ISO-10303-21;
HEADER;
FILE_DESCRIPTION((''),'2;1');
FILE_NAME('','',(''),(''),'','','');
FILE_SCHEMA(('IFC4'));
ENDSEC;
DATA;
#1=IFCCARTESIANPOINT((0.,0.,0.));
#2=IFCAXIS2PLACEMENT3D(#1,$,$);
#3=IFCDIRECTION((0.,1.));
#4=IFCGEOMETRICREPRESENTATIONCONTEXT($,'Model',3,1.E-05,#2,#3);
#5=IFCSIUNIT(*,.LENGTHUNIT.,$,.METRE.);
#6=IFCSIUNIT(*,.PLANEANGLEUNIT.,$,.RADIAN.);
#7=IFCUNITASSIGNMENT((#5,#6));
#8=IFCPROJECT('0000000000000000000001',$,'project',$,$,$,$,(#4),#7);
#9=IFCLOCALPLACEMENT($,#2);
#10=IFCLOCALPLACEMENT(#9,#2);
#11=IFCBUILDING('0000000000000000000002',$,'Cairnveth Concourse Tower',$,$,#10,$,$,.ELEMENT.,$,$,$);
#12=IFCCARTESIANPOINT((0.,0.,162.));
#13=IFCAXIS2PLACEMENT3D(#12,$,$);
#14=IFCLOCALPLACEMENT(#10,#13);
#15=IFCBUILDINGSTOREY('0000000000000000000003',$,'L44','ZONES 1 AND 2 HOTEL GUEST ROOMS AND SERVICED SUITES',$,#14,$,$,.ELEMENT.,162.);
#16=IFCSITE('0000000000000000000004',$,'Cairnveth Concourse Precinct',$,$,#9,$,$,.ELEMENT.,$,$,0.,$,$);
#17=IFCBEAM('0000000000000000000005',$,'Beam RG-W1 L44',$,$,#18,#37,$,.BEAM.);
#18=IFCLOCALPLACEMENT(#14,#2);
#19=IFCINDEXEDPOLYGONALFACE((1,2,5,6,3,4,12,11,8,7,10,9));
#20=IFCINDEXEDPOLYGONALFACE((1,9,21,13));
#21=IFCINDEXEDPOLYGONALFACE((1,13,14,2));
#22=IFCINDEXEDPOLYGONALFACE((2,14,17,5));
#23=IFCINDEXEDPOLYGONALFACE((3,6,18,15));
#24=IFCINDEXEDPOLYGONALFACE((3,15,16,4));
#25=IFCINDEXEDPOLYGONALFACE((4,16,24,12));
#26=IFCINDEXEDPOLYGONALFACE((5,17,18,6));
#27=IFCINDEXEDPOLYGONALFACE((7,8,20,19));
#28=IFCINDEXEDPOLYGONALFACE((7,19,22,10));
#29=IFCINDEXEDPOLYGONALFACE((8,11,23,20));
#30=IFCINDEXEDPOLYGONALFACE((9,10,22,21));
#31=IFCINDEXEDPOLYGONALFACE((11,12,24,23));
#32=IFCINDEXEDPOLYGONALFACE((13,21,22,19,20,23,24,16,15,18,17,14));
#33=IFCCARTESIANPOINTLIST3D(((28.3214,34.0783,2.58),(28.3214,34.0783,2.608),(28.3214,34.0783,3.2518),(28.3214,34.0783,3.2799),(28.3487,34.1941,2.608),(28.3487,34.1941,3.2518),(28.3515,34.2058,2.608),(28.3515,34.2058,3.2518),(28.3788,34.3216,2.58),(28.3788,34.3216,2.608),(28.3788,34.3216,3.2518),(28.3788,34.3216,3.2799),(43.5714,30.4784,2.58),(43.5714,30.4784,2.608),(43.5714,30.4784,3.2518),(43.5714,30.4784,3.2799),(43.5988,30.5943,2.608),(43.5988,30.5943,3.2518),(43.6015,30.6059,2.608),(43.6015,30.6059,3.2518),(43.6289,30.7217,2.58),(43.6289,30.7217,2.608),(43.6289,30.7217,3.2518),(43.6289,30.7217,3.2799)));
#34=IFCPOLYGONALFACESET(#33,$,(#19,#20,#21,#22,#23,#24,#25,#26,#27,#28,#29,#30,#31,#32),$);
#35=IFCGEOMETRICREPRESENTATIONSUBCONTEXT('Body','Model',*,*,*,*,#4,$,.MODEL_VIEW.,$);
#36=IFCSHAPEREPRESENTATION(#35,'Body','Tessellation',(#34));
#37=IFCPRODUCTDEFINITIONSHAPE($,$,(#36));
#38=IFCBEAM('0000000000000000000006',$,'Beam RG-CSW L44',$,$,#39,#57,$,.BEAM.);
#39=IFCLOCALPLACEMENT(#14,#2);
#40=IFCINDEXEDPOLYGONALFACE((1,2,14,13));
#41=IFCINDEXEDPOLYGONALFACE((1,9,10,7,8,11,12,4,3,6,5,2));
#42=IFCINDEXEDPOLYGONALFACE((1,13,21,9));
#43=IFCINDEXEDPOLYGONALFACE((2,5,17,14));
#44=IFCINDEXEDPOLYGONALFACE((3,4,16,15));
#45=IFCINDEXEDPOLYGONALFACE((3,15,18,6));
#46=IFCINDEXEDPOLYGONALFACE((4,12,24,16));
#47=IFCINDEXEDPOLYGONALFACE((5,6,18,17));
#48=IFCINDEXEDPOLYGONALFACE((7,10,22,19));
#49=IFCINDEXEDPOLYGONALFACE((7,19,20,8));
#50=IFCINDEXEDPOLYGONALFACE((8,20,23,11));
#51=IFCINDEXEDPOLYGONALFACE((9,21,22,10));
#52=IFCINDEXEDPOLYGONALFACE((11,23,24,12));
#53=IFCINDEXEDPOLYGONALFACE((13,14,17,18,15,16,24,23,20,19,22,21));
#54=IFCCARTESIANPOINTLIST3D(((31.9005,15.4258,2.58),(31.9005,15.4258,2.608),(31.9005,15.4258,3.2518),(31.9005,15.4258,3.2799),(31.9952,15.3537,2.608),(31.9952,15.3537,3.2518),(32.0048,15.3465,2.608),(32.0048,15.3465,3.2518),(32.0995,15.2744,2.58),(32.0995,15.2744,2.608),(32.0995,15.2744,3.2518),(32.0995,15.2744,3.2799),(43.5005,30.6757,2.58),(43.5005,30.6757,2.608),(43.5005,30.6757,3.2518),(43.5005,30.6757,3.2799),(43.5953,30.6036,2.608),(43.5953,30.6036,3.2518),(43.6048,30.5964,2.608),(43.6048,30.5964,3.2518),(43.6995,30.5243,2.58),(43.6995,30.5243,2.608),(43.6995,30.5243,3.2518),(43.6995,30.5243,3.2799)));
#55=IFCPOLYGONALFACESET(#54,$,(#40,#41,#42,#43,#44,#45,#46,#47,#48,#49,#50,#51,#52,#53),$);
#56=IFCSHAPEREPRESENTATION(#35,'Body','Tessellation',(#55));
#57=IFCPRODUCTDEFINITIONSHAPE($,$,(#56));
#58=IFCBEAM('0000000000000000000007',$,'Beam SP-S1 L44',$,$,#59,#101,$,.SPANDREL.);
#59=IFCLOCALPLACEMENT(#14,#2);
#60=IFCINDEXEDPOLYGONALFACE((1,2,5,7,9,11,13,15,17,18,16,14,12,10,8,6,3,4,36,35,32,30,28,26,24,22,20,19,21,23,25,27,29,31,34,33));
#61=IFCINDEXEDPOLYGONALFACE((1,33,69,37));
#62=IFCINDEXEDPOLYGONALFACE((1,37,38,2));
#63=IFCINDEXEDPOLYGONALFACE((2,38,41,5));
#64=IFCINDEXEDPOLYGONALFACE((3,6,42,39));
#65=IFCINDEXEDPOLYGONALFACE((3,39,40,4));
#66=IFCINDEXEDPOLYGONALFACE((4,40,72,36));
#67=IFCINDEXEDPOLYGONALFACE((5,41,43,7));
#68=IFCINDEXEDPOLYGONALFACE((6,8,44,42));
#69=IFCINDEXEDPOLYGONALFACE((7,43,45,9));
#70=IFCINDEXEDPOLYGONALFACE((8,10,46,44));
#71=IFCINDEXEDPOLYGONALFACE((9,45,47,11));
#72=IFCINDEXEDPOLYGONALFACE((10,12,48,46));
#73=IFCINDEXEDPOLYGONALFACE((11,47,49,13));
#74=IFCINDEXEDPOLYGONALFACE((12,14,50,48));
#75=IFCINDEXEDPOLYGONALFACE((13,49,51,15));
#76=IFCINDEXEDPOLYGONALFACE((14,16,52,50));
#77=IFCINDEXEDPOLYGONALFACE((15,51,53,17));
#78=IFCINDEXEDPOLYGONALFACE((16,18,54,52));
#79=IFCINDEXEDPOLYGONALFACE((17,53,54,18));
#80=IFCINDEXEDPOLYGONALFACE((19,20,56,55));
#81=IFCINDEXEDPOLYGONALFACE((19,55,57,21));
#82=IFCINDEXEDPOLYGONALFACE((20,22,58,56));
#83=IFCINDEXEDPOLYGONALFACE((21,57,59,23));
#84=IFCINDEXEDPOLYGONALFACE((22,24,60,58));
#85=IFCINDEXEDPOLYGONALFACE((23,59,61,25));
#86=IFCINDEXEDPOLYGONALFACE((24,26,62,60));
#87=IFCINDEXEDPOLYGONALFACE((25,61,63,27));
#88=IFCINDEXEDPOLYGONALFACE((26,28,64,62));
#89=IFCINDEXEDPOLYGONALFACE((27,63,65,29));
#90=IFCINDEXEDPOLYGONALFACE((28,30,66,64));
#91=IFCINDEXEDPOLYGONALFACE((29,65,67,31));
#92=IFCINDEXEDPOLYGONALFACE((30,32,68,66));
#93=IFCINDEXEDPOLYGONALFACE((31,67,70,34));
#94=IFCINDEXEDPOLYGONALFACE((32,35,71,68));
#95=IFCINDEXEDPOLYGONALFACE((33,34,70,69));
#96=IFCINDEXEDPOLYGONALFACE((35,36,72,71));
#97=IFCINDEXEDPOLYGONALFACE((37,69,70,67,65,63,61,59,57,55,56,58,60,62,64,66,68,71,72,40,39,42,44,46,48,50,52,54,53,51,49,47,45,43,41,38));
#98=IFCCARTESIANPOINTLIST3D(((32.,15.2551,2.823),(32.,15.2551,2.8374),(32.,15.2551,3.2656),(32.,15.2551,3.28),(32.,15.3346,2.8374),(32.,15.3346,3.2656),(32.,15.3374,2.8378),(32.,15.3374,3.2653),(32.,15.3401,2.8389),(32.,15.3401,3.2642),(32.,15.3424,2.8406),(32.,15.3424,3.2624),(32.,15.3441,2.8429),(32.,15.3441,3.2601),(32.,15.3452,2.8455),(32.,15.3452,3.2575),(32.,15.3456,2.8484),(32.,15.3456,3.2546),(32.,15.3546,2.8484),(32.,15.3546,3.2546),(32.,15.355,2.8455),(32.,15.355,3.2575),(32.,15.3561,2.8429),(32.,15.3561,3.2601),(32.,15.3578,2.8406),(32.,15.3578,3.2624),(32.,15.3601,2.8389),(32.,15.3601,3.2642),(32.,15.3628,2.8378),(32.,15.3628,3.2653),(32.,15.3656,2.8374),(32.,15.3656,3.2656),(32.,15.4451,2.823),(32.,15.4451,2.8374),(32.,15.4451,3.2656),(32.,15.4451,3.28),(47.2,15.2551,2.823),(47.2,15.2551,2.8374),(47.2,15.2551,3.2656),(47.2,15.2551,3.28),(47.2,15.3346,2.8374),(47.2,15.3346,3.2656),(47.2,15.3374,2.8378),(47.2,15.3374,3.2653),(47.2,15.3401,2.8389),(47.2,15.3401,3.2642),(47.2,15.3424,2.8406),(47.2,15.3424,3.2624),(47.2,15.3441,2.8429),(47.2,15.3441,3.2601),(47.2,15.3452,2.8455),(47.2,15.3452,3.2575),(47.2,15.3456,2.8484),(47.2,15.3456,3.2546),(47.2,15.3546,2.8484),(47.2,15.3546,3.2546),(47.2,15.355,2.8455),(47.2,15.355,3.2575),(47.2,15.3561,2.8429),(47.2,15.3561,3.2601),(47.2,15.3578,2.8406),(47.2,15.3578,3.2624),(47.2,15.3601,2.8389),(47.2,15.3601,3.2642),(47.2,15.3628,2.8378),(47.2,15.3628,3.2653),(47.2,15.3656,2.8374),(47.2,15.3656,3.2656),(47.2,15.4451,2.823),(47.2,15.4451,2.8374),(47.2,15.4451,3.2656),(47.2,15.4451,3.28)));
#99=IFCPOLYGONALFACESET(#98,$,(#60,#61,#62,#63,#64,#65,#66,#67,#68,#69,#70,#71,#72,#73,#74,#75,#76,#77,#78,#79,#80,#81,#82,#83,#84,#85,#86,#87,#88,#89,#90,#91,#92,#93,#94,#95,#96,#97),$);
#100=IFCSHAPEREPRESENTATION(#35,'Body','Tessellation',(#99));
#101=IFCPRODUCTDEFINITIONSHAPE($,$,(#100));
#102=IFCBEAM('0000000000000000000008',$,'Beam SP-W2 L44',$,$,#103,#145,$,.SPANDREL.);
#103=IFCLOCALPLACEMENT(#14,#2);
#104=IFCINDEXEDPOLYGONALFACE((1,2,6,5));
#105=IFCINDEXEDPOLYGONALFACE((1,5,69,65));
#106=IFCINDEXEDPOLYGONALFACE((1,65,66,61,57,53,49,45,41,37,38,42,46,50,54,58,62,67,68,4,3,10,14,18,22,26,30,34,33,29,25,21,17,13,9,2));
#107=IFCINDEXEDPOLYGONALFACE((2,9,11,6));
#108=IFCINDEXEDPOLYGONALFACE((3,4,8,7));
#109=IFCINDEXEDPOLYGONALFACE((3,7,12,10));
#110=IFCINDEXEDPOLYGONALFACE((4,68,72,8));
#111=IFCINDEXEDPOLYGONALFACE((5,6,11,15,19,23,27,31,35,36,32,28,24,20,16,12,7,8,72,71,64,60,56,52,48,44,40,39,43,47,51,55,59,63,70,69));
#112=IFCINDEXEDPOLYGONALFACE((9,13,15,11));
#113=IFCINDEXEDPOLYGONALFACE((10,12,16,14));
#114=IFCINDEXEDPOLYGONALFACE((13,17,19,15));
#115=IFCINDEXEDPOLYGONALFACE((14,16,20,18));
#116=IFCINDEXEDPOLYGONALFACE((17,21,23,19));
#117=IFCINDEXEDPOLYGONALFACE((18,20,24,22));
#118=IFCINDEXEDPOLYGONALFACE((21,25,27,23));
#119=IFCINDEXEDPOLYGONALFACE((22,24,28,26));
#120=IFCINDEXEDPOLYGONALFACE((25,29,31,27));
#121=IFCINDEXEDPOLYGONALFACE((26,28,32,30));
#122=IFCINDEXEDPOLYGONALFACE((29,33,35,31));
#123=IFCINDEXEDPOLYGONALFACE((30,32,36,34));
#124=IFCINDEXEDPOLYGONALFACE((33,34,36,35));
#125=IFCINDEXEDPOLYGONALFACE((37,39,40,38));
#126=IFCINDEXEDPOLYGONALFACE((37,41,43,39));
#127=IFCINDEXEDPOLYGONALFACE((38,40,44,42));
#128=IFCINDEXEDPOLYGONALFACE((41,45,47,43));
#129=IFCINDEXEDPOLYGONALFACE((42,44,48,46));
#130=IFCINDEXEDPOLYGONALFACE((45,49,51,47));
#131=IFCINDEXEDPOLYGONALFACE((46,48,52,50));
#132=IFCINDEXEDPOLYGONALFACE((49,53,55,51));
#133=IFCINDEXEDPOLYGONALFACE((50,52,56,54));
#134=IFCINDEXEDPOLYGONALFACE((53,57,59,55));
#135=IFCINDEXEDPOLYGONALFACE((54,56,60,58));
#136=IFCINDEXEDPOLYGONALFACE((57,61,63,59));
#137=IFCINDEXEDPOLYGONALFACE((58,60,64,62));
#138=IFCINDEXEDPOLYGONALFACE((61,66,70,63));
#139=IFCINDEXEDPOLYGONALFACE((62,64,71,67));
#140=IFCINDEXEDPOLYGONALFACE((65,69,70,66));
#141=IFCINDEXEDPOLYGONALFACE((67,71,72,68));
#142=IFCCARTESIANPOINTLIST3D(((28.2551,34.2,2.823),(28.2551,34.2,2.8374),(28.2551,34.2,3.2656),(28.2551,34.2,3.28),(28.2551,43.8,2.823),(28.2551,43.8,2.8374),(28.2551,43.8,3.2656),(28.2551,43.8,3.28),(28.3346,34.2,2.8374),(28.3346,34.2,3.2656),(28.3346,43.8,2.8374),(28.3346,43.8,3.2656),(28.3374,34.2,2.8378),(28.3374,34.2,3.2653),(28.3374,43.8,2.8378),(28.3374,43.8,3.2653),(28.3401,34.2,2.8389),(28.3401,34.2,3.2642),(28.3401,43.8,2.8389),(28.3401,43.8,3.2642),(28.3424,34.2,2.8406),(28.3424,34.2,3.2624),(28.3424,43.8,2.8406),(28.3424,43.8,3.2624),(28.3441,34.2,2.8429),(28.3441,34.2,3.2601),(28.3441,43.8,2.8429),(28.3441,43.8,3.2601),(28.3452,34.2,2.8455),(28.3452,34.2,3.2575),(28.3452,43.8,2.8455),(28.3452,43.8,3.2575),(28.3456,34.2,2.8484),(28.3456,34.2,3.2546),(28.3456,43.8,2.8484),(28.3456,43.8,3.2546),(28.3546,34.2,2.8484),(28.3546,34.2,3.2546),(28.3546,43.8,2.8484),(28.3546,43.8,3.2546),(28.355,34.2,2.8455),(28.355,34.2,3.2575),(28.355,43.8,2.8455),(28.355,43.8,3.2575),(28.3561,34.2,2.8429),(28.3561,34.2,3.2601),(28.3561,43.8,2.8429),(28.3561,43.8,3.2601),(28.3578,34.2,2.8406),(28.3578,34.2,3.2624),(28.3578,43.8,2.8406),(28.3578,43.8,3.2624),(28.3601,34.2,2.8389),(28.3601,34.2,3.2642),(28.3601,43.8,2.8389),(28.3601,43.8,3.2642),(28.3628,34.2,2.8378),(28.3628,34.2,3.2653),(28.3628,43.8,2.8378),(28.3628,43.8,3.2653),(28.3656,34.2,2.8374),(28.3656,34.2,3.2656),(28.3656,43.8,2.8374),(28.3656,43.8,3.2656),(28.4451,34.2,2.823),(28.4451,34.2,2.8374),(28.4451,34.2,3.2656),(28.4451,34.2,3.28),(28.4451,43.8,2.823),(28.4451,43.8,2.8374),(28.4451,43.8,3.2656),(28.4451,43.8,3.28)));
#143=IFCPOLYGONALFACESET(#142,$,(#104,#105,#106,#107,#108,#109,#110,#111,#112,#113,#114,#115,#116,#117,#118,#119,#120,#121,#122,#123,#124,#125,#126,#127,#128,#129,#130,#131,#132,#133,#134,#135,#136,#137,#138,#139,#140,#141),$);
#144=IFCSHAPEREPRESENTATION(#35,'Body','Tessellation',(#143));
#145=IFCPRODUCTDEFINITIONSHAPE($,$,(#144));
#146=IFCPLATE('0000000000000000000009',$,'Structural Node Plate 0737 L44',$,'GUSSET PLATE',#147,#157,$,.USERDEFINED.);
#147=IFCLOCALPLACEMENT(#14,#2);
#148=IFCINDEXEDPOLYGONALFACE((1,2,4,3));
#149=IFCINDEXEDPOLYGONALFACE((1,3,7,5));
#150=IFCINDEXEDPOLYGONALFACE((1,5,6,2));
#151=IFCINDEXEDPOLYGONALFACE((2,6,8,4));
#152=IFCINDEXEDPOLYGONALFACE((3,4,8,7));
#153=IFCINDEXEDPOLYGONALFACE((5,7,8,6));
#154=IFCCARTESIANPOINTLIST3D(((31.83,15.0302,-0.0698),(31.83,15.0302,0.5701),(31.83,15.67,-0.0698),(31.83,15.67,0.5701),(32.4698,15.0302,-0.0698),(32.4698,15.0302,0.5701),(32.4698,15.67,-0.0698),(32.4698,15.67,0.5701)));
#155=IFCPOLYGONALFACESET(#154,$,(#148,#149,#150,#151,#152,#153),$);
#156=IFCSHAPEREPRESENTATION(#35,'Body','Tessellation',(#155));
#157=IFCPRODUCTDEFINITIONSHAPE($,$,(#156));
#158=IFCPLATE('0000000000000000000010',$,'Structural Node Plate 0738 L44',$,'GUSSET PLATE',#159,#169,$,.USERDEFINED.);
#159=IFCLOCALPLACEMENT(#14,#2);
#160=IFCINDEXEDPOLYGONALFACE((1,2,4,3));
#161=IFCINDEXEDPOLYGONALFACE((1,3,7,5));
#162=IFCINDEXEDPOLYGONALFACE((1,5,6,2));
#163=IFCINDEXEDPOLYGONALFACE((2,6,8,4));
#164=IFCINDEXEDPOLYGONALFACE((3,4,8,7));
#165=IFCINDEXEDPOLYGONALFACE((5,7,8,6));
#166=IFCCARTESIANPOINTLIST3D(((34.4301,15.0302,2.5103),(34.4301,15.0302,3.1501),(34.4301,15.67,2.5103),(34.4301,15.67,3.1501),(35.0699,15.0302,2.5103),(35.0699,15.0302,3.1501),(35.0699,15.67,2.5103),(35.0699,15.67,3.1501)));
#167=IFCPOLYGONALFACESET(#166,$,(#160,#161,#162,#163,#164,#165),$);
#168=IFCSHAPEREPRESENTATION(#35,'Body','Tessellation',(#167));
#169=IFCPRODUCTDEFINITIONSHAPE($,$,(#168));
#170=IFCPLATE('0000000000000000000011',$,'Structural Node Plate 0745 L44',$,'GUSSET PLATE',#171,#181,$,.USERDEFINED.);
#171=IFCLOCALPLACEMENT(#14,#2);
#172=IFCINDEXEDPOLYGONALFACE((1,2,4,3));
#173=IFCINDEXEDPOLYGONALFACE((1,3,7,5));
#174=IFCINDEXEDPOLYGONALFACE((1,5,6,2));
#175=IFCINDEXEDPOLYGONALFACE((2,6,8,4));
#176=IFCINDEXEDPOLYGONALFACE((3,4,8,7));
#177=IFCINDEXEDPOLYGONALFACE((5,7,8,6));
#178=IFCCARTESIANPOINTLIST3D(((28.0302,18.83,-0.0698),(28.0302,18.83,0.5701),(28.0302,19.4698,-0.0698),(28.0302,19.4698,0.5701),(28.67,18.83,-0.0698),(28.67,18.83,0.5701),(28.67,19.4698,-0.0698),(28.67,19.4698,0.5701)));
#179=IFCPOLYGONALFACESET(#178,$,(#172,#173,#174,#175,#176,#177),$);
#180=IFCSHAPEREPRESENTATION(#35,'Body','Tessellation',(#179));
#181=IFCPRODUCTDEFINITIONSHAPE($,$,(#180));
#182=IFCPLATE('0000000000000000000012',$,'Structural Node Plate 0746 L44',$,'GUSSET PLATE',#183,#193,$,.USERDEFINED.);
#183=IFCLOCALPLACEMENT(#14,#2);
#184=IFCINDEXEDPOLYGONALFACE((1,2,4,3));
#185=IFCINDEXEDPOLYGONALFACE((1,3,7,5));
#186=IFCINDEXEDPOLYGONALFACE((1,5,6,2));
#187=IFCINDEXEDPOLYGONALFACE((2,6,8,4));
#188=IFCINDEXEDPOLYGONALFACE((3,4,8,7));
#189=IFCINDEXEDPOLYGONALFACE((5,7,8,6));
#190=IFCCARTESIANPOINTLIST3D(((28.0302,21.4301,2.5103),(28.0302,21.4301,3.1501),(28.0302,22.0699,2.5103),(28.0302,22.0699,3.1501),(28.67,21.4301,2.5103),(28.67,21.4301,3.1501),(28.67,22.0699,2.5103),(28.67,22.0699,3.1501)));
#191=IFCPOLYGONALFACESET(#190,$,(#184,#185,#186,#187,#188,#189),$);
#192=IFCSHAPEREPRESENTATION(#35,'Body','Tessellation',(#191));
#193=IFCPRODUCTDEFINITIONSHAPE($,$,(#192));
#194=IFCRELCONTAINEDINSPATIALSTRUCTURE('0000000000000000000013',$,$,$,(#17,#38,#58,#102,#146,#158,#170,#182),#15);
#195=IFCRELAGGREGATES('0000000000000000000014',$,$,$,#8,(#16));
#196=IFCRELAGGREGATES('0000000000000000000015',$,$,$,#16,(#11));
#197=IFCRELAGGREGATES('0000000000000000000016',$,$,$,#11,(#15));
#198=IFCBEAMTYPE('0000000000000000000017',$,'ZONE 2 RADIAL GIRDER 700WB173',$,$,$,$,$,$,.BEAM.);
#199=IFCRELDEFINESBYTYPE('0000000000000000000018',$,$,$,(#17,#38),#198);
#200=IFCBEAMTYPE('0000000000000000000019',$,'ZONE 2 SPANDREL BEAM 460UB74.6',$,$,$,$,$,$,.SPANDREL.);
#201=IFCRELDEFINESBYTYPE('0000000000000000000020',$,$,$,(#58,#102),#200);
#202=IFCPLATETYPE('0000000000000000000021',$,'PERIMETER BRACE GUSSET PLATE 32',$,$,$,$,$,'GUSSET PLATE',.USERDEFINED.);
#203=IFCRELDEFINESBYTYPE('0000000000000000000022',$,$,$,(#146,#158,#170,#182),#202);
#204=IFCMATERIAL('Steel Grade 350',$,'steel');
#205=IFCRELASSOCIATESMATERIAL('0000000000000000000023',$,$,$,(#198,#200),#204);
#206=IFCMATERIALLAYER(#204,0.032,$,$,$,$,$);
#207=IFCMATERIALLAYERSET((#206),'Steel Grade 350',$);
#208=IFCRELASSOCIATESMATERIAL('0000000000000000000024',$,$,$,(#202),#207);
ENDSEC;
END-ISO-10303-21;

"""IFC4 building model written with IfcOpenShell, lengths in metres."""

from ifc_helpers import new_model, si_unit, direction, frame, origin, origin_2d, place, context, subcontext, project, spatial, rectangle, i_section, extrude, material, layer, layer_set, material_profile, profile_set, type_object, element, save


model = new_model("IFC4")

# Units and contexts
model_context = context("Model", 3, precision=1e-05, world=origin(), true_north=direction((0.0, 1.0)))
body_context = subcontext(model_context, "Body", "Model", "MODEL_VIEW")
ifc_project = project(units=[si_unit("LENGTHUNIT", "METRE"), si_unit("PLANEANGLEUNIT", "RADIAN")], contexts=[model_context])

# Site, building, storey
site_placement = place(None, origin())
site = spatial("IfcSite", under=ifc_project, at=site_placement, Name="Cairnveth Concourse Precinct", CompositionType="ELEMENT", RefElevation=0.0)
building_placement = place(site_placement, origin())
building = spatial("IfcBuilding", under=site, at=building_placement, Name="Cairnveth Concourse Tower", CompositionType="ELEMENT")
storey_placement = place(building_placement, frame((0.0, 0.0, 162.0)))
storey = spatial("IfcBuildingStorey", under=building, at=storey_placement, Name="L44", Description="ZONES 1 AND 2 HOTEL GUEST ROOMS AND SERVICED SUITES", CompositionType="ELEMENT", Elevation=162.0)

# Shared definitions
ifc_material_1 = material(Name="Steel Grade 350", Category="steel")

# Beams
ifc_material_profile_1 = material_profile(ifc_material_1, i_section(OverallWidth=0.25, OverallDepth=0.7, WebThickness=0.012, FlangeThickness=0.0281, at=origin_2d()), Name="700WB173")
ifc_profile_set_1 = profile_set([ifc_material_profile_1], Name="Steel Grade 350")
beam_type_1 = type_object("IfcBeamType", Name="ZONE 2 RADIAL GIRDER 700WB173", PredefinedType="BEAM", material=ifc_profile_set_1)
beam_1_placement = place(storey_placement, frame((28.3501, 34.2, 2.9299), z_axis=(0.973252, -0.229742, 0.0), x_axis=(0.229742, 0.973252, 0.0)))
element("IfcBeam", 1, at=beam_1_placement, inside=storey, type_object=beam_type_1, Name="Beam RG-W1 L44", PredefinedType="BEAM", context=body_context, shape_type="SweptSolid", body=[
    extrude(i_section(OverallWidth=0.25, OverallDepth=0.7, WebThickness=0.012, FlangeThickness=0.0281, at=origin_2d()), origin(), (0.0, 0.0, 1.0), 15.6692),
])
beam_2_placement = place(storey_placement, frame((32.0, 15.3501, 2.9299), z_axis=(0.605417, 0.795908, 0.0), x_axis=(-0.795908, 0.605417, 0.0)))
element("IfcBeam", 2, at=beam_2_placement, inside=storey, type_object=beam_type_1, Name="Beam RG-CSW L44", PredefinedType="BEAM", context=body_context, shape_type="SweptSolid", body=[
    extrude(i_section(OverallWidth=0.25, OverallDepth=0.7, WebThickness=0.012, FlangeThickness=0.0281, at=origin_2d()), origin(), (0.0, 0.0, 1.0), 19.1604),
])
ifc_material_profile_2 = material_profile(ifc_material_1, i_section(OverallWidth=0.1899, OverallDepth=0.457, WebThickness=0.009, FlangeThickness=0.0144, FilletRadius=0.011, at=origin_2d()), Name="460UB74.6")
ifc_profile_set_2 = profile_set([ifc_material_profile_2], Name="Steel Grade 350")
beam_type_2 = type_object("IfcBeamType", Name="ZONE 2 SPANDREL BEAM 460UB74.6", PredefinedType="SPANDREL", material=ifc_profile_set_2)
beam_3_placement = place(storey_placement, frame((32.0, 15.3501, 3.0515), z_axis=(1.0, 0.0, 0.0), x_axis=(0.0, 1.0, 0.0)))
element("IfcBeam", 3, at=beam_3_placement, inside=storey, type_object=beam_type_2, Name="Beam SP-S1 L44", PredefinedType="SPANDREL", context=body_context, shape_type="SweptSolid", body=[
    extrude(i_section(OverallWidth=0.1899, OverallDepth=0.457, WebThickness=0.009, FlangeThickness=0.0144, FilletRadius=0.011, at=origin_2d()), origin(), (0.0, 0.0, 1.0), 15.2),
])
beam_4_placement = place(storey_placement, frame((28.3501, 34.2, 3.0515), z_axis=(0.0, 1.0, 0.0), x_axis=(-1.0, 0.0, 0.0)))
element("IfcBeam", 4, at=beam_4_placement, inside=storey, type_object=beam_type_2, Name="Beam SP-W2 L44", PredefinedType="SPANDREL", context=body_context, shape_type="SweptSolid", body=[
    extrude(i_section(OverallWidth=0.1899, OverallDepth=0.457, WebThickness=0.009, FlangeThickness=0.0144, FilletRadius=0.011, at=origin_2d()), origin(), (0.0, 0.0, 1.0), 9.6001),
])

# Plates
ifc_layer_1 = layer(ifc_material_1, 0.032)
ifc_layer_set_1 = layer_set([ifc_layer_1], Name="Steel Grade 350")
plate_type = type_object("IfcPlateType", Name="PERIMETER BRACE GUSSET PLATE 32", ElementType="GUSSET PLATE", PredefinedType="USERDEFINED", material=ifc_layer_set_1)
for number, where, z_axis, x_axis, name in (
    (5, (32.1499, 15.3501, -0.0698), (0.0, 0.0, 1.0), (1.0, 0.0, 0.0), "Structural Node Plate 0737 L44"),
    (6, (34.75, 15.3501, 2.5103), (0.0, 0.0, 1.0), (1.0, 0.0, 0.0), "Structural Node Plate 0738 L44"),
    (7, (28.3501, 19.1499, -0.0698), (0.0, 0.0, 1.0), (1.0, 0.0, 0.0), "Structural Node Plate 0745 L44"),
    (8, (28.3501, 21.75, 2.5103), (0.0, 0.0, 1.0), (1.0, 0.0, 0.0), "Structural Node Plate 0746 L44"),
):
    element("IfcPlate", number, at=place(storey_placement, frame(where, z_axis=z_axis, x_axis=x_axis)), inside=storey, type_object=plate_type, Name=name, ObjectType="GUSSET PLATE", PredefinedType="USERDEFINED", context=body_context, shape_type="SweptSolid", body=[
        extrude(rectangle(XDim=0.6399, YDim=0.6399, at=origin_2d()), origin(), (0.0, 0.0, 1.0), 0.6399),
    ])

save(model, "model.ifc")
